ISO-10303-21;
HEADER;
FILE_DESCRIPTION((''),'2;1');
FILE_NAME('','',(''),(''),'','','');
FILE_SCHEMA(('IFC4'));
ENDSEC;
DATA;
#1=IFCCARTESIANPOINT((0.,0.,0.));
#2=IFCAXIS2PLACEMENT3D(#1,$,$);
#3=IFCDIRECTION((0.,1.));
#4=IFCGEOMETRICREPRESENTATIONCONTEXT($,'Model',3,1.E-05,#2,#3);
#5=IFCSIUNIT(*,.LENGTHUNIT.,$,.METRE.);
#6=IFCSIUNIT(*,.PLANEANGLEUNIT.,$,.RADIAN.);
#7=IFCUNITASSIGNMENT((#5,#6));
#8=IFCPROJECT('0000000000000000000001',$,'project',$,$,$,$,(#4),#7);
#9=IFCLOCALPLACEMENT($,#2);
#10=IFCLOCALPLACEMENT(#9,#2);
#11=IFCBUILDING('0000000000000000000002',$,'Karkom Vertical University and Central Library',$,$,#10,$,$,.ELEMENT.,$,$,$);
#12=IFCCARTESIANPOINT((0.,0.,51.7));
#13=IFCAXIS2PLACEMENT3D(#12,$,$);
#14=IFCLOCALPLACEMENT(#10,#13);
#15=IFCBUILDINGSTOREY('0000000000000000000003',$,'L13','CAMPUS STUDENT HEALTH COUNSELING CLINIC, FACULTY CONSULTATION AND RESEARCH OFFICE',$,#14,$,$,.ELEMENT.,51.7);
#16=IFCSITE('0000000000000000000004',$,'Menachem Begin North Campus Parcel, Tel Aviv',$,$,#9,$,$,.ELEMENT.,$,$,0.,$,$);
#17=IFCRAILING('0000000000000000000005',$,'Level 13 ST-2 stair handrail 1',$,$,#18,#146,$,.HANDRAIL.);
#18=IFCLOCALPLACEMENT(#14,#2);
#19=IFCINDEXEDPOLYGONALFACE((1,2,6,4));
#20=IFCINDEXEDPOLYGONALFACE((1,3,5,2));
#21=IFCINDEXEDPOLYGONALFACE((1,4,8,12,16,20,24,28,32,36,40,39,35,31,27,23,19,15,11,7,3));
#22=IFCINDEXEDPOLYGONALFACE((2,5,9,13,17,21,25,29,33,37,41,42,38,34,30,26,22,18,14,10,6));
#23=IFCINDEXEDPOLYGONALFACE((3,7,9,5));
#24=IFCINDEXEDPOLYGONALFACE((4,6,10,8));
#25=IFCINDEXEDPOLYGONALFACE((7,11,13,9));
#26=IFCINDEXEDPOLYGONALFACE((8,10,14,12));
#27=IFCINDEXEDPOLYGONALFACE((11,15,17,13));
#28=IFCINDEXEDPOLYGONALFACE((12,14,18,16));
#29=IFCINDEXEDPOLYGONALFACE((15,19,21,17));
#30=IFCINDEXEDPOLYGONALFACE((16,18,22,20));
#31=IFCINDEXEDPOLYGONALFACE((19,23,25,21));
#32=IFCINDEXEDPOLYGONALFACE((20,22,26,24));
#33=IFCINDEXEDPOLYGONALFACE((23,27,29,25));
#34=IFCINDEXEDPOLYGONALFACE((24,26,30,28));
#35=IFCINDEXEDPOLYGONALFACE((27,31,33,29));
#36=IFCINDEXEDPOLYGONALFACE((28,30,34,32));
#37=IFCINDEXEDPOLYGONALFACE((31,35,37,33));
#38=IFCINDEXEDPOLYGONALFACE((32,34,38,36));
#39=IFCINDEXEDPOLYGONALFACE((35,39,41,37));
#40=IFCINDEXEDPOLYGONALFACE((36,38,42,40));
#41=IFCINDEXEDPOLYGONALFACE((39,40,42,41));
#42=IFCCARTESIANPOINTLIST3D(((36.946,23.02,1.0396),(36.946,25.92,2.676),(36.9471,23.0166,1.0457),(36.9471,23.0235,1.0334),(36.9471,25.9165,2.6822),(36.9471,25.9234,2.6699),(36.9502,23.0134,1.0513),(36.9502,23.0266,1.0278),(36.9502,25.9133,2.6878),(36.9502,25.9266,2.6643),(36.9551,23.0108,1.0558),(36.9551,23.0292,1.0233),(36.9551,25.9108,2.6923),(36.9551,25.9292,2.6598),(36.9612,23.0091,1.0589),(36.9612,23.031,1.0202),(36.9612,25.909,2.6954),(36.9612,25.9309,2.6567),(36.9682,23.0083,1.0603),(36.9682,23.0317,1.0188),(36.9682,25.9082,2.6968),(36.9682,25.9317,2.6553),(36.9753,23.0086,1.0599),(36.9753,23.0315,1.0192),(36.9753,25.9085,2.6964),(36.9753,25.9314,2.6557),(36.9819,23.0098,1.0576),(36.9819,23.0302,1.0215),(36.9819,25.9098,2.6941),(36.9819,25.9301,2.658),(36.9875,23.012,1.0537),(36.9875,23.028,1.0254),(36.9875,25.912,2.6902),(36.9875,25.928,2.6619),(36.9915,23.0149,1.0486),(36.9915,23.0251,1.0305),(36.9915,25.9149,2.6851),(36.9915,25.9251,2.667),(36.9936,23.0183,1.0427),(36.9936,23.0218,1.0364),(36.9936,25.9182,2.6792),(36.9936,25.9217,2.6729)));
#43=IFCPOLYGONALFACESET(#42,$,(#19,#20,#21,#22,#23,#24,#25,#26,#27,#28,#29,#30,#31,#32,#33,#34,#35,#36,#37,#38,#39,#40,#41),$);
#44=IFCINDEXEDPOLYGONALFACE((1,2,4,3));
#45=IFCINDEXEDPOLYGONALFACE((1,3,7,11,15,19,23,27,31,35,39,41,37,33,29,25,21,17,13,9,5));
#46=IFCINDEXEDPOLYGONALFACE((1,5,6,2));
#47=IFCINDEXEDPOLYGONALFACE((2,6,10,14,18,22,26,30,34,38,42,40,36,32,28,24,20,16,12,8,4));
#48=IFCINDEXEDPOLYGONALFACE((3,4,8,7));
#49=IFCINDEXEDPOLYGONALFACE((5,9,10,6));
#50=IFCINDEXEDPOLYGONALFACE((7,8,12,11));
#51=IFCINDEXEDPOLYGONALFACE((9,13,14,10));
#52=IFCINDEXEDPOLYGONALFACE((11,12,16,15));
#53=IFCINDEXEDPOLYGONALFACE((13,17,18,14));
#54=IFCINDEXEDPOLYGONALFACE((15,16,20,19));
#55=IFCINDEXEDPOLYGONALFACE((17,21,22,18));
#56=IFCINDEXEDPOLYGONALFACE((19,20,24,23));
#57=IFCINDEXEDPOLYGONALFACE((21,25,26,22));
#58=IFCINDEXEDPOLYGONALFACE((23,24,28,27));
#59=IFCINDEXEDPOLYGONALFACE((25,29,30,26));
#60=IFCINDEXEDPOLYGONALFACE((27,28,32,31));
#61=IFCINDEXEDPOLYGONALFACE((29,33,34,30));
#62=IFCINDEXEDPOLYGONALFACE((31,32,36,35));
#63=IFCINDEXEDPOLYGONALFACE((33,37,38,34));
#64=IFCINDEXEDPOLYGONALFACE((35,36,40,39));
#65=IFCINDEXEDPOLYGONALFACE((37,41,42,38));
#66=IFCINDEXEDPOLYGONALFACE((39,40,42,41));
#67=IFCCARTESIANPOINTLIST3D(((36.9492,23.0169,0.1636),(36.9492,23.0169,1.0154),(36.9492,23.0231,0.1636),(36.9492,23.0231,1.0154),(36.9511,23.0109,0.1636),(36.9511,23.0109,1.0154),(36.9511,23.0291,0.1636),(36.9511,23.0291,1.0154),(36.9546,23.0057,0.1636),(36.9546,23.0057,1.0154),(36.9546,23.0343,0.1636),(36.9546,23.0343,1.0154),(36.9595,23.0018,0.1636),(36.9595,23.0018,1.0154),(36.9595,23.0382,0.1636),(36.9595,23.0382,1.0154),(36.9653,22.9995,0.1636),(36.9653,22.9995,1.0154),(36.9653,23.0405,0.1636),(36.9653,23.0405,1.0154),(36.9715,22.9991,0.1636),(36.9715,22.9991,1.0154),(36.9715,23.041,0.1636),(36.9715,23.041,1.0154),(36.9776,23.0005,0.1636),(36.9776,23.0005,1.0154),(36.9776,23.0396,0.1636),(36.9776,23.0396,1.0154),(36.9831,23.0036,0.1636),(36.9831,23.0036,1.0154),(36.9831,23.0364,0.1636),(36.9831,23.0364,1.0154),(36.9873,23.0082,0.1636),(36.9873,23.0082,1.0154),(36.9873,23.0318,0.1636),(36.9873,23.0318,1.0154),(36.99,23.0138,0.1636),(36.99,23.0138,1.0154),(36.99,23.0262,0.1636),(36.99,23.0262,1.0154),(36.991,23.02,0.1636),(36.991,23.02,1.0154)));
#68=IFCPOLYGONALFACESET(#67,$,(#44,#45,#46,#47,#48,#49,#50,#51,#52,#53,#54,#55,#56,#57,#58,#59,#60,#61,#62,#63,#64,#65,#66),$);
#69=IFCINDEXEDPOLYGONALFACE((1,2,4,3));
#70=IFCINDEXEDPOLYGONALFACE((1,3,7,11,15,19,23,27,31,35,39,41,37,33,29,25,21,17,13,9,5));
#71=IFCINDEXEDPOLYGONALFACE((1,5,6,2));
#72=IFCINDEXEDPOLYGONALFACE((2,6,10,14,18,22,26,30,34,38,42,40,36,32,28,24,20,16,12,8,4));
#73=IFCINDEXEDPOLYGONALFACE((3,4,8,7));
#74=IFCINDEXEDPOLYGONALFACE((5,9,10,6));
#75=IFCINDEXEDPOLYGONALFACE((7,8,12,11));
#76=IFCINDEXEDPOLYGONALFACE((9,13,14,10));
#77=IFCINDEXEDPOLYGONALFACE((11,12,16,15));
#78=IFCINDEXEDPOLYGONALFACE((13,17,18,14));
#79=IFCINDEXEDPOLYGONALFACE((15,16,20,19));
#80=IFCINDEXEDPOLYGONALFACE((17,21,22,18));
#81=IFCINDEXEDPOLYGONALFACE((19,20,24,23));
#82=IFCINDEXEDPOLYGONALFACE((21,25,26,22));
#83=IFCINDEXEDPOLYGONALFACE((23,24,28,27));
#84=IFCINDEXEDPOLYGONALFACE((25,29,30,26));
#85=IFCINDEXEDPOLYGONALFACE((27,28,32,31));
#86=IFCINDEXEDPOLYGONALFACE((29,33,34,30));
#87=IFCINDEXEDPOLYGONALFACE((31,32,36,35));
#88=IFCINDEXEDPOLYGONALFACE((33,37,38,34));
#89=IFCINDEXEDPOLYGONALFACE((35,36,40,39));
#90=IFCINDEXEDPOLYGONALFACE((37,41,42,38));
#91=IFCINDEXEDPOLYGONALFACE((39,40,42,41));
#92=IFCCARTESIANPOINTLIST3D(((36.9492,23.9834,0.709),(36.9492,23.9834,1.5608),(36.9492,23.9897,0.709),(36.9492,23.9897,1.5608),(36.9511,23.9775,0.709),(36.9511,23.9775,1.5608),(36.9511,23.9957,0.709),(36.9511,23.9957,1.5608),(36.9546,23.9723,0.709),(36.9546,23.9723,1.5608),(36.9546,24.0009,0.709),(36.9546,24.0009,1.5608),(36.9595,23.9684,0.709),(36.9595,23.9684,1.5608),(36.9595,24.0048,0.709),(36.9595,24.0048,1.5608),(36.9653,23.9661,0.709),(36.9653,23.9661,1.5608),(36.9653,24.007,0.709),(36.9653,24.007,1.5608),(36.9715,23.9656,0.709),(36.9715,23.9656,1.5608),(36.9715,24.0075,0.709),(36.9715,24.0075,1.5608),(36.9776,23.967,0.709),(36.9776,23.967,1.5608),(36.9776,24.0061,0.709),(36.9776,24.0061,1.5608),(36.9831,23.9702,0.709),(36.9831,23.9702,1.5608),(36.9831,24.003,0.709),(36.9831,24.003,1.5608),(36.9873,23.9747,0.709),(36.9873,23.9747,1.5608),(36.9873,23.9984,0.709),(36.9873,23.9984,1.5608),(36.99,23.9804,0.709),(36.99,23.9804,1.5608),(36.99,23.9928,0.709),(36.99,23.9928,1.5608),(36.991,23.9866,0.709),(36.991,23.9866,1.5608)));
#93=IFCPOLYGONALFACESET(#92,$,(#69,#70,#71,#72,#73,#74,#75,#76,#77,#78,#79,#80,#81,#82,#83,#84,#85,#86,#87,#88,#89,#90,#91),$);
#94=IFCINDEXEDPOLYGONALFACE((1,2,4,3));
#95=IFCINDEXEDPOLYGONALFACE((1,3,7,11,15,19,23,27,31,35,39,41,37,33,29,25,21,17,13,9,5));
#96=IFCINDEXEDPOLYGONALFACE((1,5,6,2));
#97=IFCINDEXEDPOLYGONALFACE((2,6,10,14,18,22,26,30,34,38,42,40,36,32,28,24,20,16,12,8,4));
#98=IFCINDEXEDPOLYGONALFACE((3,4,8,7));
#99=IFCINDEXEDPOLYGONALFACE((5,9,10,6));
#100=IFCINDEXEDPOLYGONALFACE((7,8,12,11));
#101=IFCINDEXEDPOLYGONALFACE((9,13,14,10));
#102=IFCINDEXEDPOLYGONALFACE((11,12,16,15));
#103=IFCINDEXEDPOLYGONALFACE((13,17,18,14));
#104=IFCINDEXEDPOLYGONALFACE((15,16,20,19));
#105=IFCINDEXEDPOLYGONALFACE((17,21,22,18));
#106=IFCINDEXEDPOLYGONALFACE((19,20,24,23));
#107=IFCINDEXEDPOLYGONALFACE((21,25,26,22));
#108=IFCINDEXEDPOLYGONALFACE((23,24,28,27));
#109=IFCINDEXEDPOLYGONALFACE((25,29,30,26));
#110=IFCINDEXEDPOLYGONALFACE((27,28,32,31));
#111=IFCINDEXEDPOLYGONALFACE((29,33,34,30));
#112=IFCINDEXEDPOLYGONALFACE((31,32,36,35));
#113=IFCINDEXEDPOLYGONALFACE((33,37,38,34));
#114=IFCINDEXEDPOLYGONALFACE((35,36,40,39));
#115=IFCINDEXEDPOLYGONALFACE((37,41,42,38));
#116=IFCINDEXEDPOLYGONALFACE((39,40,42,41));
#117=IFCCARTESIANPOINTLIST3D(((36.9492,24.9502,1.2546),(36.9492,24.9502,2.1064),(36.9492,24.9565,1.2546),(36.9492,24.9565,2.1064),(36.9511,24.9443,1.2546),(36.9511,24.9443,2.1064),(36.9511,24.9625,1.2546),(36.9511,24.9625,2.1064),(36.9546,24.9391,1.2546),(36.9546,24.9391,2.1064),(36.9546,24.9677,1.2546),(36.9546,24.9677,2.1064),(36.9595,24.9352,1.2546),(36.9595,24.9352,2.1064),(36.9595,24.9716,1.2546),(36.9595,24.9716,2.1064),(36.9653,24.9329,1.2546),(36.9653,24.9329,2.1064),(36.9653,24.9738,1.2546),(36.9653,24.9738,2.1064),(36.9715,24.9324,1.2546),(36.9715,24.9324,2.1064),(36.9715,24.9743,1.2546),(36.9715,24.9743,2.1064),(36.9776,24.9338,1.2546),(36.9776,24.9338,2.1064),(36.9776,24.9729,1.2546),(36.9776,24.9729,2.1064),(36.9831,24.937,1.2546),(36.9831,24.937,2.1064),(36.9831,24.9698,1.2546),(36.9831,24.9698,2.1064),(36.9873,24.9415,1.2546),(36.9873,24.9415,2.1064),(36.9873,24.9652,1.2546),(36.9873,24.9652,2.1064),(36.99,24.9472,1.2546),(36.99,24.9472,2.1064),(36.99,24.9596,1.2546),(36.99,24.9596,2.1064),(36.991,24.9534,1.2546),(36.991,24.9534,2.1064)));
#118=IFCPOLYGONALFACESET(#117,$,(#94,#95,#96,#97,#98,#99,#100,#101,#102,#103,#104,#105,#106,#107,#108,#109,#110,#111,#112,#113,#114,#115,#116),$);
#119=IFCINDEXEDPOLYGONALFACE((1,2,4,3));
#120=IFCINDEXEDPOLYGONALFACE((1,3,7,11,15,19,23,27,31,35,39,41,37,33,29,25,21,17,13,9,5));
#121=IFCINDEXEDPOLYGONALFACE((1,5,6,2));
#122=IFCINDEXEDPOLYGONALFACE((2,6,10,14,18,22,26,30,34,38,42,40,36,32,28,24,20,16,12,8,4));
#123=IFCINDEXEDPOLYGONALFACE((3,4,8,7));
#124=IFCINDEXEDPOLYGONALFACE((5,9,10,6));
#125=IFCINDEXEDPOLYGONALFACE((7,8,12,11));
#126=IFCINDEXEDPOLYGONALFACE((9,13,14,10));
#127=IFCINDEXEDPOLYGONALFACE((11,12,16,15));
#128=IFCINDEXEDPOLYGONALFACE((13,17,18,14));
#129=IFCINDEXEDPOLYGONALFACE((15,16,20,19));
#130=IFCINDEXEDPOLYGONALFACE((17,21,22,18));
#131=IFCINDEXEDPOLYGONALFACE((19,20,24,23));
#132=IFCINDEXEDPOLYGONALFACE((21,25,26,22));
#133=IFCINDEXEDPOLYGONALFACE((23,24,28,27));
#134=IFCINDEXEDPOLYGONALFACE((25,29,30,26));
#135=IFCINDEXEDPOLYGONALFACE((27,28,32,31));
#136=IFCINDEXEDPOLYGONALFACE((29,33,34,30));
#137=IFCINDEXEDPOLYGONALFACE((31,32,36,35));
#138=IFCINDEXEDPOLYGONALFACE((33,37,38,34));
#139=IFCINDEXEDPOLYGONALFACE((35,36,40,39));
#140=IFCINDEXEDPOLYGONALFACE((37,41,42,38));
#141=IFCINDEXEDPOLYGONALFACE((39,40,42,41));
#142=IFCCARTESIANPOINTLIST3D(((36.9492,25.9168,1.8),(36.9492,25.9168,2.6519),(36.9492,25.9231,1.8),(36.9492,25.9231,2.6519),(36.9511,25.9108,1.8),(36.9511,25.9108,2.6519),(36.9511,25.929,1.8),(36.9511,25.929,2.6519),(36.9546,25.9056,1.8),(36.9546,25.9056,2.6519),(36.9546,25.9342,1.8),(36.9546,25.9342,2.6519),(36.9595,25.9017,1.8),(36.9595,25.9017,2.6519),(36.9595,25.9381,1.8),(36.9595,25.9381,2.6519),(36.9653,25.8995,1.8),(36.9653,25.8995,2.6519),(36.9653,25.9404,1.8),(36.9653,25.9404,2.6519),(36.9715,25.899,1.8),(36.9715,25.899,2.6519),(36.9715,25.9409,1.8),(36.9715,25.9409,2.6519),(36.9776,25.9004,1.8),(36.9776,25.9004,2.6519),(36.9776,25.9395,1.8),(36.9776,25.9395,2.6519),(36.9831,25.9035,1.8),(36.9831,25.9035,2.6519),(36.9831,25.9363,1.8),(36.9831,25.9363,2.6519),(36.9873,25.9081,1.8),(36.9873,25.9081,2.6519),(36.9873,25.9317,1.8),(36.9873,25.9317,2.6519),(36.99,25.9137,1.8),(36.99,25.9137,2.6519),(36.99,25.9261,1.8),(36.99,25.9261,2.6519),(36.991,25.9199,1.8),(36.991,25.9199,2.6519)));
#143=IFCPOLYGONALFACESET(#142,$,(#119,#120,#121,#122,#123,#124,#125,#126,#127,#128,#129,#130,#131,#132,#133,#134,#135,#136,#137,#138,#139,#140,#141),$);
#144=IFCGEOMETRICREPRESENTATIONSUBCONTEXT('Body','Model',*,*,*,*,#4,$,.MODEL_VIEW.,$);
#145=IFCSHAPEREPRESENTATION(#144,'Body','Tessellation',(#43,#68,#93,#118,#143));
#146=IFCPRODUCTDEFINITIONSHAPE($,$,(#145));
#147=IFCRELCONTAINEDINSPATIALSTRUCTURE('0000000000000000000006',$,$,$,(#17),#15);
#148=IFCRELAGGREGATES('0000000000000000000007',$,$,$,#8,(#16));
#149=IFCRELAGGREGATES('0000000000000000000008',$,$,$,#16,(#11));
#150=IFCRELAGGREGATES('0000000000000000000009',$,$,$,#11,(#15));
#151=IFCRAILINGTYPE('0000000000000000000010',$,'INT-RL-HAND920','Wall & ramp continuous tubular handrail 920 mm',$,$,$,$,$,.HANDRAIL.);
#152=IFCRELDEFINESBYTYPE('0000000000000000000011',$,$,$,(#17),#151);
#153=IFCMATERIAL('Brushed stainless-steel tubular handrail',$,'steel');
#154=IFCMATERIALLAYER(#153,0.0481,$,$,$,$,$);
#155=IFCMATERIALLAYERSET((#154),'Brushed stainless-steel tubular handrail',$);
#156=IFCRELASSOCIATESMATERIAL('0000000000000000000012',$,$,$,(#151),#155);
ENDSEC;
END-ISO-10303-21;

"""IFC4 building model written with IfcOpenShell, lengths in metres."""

from ifc_helpers import new_model, si_unit, direction, frame, origin, origin_2d, place, context, subcontext, project, spatial, circle, extrude, material, layer, layer_set, type_object, element, save


model = new_model("IFC4")

# Units and contexts
model_context = context("Model", 3, precision=1e-05, world=origin(), true_north=direction((0.0, 1.0)))
body_context = subcontext(model_context, "Body", "Model", "MODEL_VIEW")
ifc_project = project(units=[si_unit("LENGTHUNIT", "METRE"), si_unit("PLANEANGLEUNIT", "RADIAN")], contexts=[model_context])

# Site, building, storey
site_placement = place(None, origin())
site = spatial("IfcSite", under=ifc_project, at=site_placement, Name="Menachem Begin North Campus Parcel, Tel Aviv", CompositionType="ELEMENT", RefElevation=0.0)
building_placement = place(site_placement, origin())
building = spatial("IfcBuilding", under=site, at=building_placement, Name="Karkom Vertical University and Central Library", CompositionType="ELEMENT")
storey_placement = place(building_placement, frame((0.0, 0.0, 51.7)))
storey = spatial("IfcBuildingStorey", under=building, at=storey_placement, Name="L13", Description="CAMPUS STUDENT HEALTH COUNSELING CLINIC, FACULTY CONSULTATION AND RESEARCH OFFICE", CompositionType="ELEMENT", Elevation=51.7)

# Railing
ifc_material_1 = material(Name="Brushed stainless-steel tubular handrail", Category="steel")
ifc_layer_1 = layer(ifc_material_1, 0.0481)
ifc_layer_set_1 = layer_set([ifc_layer_1], Name="Brushed stainless-steel tubular handrail")
railing_type_1 = type_object("IfcRailingType", Name="INT-RL-HAND920", Description="Wall & ramp continuous tubular handrail 920 mm", PredefinedType="HANDRAIL", material=ifc_layer_set_1)
railing_1_placement = place(storey_placement, frame((36.97, 23.02, 0.1636)))
element("IfcRailing", 1, at=railing_1_placement, inside=storey, type_object=railing_type_1, Name="Level 13 ST-2 stair handrail 1", PredefinedType="HANDRAIL", context=body_context, shape_type="SweptSolid", body=[
    extrude(circle(Radius=0.0239, at=origin_2d()), frame((0.0, 0.0, 0.876), z_axis=(0.0, 0.870897, 0.491465), x_axis=(-1.0, 0.0, 0.0)), (0.0, 0.0, 1.0), 3.3298),
    extrude(circle(Radius=0.021, at=origin_2d()), origin(), (0.0, 0.0, 1.0), 0.8518),
    extrude(circle(Radius=0.021, at=origin_2d()), frame((0.0, 0.9666, 0.5454)), (0.0, 0.0, 1.0), 0.8518),
    extrude(circle(Radius=0.021, at=origin_2d()), frame((0.0, 1.9333, 1.0911)), (0.0, 0.0, 1.0), 0.8518),
    extrude(circle(Radius=0.021, at=origin_2d()), frame((0.0, 2.8999, 1.6365)), (0.0, 0.0, 1.0), 0.8518),
])

save(model, "model.ifc")
